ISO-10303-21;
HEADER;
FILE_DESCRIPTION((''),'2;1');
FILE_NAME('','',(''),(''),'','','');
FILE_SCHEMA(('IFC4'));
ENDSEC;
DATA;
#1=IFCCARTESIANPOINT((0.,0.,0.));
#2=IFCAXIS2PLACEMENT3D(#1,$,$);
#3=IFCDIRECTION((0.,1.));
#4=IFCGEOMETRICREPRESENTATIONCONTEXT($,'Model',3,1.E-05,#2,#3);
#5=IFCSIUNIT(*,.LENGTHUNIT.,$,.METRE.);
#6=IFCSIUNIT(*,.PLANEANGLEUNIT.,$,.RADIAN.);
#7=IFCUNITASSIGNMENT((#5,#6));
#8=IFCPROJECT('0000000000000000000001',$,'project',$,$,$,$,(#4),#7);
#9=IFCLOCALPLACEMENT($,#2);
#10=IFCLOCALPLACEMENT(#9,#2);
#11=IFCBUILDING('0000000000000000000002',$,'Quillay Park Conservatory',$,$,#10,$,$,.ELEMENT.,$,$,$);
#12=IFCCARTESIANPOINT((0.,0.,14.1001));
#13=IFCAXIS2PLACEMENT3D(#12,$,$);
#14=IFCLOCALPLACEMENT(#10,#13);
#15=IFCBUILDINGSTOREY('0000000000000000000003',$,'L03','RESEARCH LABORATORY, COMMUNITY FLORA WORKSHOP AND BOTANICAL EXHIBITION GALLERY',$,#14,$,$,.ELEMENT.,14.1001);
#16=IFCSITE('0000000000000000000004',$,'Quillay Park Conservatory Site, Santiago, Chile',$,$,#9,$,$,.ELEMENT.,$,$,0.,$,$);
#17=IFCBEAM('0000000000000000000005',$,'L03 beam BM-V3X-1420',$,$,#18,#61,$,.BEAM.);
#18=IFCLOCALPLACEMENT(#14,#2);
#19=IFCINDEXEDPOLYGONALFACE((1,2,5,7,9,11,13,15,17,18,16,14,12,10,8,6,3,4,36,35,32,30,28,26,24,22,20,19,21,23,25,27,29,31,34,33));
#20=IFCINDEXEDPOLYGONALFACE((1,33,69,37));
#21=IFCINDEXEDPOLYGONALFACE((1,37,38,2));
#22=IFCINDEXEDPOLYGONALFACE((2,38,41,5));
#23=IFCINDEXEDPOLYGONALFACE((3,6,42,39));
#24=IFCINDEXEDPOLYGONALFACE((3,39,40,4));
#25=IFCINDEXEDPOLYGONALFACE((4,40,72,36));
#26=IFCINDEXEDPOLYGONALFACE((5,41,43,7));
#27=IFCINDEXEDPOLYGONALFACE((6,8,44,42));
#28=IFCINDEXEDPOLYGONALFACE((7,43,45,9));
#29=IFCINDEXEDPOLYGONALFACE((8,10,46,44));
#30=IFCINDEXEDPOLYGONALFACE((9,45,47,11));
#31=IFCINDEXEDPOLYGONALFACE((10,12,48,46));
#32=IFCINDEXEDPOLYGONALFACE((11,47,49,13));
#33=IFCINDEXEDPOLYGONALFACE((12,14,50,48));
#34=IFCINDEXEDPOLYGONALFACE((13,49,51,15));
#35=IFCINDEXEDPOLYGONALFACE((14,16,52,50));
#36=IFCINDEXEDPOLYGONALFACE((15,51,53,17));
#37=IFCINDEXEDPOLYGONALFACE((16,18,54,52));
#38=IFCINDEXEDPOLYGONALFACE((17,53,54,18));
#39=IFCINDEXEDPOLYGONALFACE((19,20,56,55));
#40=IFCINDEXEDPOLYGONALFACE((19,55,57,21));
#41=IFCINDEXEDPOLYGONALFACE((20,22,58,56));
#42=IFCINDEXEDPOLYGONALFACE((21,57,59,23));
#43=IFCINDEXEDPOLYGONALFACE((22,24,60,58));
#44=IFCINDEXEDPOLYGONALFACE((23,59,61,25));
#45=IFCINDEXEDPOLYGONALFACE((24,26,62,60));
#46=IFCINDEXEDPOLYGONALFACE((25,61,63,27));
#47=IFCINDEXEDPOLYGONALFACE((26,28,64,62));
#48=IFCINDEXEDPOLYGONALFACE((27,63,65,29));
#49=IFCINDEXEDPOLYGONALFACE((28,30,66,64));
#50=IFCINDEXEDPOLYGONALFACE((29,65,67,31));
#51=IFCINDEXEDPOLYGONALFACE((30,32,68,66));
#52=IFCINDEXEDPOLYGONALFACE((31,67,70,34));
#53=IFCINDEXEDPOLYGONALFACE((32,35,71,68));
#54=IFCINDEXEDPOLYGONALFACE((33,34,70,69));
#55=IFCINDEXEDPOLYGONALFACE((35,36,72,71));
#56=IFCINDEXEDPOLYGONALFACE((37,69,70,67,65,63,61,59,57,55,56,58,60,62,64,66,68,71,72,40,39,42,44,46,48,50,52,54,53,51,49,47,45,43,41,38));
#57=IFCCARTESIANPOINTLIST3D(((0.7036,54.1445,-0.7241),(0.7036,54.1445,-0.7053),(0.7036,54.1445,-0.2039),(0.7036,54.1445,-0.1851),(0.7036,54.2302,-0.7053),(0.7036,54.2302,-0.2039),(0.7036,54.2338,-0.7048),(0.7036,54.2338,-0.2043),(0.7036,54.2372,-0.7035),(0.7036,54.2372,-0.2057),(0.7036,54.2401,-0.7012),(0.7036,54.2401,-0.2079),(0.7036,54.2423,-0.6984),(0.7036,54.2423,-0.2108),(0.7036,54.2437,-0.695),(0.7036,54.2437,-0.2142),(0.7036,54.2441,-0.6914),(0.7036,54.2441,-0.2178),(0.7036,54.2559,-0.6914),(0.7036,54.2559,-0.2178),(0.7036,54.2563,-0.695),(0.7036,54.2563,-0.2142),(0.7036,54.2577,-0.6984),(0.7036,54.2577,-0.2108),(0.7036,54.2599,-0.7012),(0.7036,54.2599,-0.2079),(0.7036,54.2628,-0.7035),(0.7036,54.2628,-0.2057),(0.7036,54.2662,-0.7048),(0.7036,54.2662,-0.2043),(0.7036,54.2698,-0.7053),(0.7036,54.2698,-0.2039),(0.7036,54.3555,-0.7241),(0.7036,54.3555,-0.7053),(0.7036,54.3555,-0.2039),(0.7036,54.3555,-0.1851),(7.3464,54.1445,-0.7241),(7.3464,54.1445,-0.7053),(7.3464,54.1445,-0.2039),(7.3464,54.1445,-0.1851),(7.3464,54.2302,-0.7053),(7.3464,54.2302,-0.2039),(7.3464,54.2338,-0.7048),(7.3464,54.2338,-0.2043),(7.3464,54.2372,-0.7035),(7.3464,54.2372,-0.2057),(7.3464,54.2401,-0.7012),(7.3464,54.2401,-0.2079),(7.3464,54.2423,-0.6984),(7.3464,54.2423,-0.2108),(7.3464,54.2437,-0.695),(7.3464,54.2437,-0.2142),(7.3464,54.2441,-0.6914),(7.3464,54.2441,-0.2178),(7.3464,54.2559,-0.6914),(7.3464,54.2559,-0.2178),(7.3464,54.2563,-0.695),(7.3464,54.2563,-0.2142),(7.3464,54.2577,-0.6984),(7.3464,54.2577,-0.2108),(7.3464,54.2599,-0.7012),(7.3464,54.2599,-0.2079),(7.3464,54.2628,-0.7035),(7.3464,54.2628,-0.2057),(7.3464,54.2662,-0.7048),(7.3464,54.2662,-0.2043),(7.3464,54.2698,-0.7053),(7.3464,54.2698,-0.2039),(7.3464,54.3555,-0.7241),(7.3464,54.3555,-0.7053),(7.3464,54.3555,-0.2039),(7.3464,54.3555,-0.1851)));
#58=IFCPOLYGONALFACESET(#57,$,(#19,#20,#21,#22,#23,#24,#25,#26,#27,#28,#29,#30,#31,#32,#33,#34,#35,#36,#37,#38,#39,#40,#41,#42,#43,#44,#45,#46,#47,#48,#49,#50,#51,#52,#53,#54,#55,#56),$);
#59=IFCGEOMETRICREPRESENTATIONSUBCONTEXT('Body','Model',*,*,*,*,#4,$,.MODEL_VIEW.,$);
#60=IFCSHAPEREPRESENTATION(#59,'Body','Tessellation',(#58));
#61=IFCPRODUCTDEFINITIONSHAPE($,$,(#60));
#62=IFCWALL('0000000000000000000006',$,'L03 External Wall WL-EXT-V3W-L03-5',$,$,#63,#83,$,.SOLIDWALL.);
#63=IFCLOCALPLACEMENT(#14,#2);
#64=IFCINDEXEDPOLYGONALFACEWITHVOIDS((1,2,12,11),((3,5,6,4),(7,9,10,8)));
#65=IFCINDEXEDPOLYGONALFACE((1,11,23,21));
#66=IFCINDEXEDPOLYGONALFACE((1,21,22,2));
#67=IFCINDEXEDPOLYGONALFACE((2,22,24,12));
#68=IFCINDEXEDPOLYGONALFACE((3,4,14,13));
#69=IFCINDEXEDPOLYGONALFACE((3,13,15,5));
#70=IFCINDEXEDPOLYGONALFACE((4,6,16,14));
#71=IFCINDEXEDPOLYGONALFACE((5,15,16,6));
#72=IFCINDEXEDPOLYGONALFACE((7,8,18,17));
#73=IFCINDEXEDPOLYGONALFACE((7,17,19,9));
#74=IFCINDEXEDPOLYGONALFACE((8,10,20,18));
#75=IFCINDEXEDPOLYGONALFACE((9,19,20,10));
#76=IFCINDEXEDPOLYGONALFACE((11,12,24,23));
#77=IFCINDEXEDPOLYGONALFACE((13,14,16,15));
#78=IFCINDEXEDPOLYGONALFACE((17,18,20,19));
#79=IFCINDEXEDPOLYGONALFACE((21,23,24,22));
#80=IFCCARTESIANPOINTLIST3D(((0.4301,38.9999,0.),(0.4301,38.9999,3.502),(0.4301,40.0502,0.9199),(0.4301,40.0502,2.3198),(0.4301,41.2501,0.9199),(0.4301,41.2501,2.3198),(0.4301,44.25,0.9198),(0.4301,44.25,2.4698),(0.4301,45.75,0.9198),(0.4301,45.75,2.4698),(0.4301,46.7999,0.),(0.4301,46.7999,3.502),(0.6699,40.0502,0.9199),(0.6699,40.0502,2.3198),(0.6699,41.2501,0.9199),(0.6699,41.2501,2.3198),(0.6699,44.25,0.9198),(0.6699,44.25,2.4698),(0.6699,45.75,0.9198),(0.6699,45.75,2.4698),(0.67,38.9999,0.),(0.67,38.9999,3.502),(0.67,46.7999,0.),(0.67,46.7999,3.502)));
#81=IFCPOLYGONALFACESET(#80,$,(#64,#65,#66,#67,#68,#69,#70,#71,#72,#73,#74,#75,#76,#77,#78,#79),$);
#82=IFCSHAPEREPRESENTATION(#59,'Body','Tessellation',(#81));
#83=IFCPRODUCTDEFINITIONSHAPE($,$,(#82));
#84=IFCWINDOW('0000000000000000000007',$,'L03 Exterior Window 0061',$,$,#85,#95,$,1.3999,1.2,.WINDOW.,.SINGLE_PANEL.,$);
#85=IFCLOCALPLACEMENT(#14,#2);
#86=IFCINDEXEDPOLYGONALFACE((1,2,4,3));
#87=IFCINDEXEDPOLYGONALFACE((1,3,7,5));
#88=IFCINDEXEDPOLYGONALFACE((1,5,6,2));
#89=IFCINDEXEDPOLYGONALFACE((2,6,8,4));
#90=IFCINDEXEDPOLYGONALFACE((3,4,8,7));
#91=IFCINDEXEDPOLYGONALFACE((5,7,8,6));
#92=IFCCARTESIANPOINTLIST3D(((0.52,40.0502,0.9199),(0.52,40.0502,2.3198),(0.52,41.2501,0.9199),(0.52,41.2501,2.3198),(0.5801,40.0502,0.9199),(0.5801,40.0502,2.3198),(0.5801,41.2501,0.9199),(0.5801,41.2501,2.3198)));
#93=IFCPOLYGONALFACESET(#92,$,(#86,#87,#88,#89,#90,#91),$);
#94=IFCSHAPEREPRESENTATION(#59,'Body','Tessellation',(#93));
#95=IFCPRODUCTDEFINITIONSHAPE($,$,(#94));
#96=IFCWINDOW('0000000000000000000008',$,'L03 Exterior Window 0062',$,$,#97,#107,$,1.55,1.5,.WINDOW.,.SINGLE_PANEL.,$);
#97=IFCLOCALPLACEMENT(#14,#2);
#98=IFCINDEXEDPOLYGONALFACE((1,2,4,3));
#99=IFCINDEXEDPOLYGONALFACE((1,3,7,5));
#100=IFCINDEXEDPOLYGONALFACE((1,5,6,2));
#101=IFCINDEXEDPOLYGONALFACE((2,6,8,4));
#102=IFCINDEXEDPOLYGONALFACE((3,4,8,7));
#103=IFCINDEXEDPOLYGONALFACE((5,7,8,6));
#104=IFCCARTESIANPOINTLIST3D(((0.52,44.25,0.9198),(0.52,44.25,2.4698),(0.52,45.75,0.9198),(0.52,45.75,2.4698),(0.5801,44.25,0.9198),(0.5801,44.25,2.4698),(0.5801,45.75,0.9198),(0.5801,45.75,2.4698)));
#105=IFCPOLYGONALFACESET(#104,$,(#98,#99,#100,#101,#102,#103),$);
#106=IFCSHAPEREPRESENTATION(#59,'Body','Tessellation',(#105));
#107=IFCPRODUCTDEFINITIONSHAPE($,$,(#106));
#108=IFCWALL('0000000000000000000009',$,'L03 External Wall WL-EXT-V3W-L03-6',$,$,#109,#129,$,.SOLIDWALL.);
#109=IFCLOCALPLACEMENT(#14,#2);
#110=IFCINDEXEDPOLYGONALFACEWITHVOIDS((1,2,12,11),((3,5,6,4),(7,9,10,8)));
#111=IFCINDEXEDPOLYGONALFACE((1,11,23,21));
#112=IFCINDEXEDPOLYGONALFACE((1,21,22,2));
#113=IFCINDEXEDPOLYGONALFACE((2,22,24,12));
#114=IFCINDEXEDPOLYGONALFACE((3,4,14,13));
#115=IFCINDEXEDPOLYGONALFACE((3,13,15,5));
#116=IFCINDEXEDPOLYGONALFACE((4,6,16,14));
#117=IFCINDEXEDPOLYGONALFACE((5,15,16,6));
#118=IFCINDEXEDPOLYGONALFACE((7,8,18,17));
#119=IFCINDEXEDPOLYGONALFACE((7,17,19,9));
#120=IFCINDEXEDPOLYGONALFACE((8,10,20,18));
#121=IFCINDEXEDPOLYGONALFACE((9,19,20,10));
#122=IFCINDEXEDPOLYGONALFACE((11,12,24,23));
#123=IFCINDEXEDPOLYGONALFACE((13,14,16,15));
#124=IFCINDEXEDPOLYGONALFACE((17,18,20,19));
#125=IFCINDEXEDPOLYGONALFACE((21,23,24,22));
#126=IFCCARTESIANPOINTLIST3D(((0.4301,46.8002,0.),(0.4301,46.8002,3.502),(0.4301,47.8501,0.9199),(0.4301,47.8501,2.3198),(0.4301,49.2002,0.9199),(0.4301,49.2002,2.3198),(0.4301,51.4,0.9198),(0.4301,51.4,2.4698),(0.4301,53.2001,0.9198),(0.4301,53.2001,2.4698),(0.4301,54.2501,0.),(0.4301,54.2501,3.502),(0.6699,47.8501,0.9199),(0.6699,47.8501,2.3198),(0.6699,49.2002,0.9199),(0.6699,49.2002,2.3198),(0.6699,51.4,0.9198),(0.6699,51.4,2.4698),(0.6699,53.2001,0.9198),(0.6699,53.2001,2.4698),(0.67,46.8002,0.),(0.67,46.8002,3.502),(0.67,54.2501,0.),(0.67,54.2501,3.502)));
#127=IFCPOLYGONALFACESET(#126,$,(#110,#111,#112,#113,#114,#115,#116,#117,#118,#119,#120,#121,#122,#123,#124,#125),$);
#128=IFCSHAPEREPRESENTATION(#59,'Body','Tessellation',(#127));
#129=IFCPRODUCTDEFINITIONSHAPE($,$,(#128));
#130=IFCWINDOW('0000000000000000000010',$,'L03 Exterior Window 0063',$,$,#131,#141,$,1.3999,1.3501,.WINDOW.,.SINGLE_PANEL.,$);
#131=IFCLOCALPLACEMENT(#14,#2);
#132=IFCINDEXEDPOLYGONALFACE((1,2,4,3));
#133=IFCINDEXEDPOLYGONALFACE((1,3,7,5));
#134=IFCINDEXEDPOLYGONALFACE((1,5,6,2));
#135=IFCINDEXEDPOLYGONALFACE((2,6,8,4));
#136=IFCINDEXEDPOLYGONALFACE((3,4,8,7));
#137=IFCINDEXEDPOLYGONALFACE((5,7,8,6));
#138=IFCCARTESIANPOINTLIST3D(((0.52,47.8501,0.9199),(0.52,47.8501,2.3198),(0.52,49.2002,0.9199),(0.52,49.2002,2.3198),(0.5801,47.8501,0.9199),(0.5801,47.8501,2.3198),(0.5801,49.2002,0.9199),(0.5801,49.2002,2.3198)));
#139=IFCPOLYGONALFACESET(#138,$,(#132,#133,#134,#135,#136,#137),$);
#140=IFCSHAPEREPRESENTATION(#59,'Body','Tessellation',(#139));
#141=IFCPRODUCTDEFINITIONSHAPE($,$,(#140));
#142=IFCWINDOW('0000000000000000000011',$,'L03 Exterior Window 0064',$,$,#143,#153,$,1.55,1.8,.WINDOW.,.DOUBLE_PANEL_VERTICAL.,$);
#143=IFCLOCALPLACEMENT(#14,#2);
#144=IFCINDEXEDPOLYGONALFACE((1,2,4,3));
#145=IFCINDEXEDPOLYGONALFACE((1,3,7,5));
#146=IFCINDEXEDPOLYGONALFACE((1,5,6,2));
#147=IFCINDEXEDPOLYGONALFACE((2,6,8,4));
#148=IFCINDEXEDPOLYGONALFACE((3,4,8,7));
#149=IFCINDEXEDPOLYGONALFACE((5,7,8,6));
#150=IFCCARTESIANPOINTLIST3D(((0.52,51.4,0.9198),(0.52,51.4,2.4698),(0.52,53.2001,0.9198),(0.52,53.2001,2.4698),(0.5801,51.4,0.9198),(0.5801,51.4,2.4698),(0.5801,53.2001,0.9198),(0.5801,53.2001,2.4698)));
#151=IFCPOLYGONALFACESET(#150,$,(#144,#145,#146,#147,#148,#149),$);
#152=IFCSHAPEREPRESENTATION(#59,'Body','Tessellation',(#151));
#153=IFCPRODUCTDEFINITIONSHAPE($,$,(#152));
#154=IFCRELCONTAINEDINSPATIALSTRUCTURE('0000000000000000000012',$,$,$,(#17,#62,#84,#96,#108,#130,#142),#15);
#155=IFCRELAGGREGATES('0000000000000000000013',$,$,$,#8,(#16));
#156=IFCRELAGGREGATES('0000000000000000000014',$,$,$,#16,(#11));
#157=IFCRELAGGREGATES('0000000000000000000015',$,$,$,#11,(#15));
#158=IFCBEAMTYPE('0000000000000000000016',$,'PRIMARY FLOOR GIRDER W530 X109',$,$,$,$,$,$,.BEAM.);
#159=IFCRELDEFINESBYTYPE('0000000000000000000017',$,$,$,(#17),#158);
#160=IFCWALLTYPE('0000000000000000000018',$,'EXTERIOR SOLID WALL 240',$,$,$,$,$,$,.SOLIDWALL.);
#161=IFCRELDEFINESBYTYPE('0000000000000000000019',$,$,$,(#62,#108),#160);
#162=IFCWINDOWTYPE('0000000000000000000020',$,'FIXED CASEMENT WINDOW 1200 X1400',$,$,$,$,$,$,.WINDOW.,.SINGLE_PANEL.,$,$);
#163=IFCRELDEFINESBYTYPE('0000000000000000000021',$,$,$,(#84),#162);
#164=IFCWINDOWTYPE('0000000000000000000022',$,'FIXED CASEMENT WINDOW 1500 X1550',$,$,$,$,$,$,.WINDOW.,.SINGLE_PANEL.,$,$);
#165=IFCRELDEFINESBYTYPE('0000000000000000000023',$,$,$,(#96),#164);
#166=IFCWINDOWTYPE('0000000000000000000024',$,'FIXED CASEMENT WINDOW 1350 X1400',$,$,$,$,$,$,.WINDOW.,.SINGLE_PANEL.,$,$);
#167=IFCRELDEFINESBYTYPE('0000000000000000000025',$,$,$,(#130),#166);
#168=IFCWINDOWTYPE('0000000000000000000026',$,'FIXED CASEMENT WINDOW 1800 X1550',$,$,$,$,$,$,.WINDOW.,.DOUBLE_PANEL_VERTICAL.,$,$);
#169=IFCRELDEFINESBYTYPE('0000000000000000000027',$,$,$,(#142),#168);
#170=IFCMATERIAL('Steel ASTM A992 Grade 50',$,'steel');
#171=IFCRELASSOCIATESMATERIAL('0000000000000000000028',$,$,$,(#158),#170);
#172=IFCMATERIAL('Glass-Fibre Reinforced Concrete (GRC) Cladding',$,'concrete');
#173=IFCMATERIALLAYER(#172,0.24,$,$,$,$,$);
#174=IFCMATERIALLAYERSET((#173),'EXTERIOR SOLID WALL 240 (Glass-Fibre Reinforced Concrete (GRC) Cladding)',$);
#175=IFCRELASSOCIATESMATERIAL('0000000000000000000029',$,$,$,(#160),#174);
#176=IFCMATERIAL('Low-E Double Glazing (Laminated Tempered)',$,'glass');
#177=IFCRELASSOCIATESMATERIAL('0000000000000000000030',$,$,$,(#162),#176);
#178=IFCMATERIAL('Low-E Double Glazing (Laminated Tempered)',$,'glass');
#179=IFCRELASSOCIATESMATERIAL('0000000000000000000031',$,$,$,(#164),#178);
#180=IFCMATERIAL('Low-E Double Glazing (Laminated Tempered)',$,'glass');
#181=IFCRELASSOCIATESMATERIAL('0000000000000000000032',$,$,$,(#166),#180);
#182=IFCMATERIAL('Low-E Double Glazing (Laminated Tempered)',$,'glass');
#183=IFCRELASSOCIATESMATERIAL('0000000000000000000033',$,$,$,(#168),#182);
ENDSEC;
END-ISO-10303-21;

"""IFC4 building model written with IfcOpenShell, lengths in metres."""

from ifc_helpers import new_model, si_unit, direction, frame, frame_2d, origin, origin_2d, place, context, subcontext, project, spatial, rectangle, i_section, extrude, material, layer, layer_set, material_profile, profile_set, type_object, element, fill, save


model = new_model("IFC4")

# Units and contexts
model_context = context("Model", 3, precision=1e-05, world=origin(), true_north=direction((0.0, 1.0)))
body_context = subcontext(model_context, "Body", "Model", "MODEL_VIEW")
ifc_project = project(units=[si_unit("LENGTHUNIT", "METRE"), si_unit("PLANEANGLEUNIT", "RADIAN")], contexts=[model_context])

# Site, building, storey
site_placement = place(None, origin())
site = spatial("IfcSite", under=ifc_project, at=site_placement, Name="Quillay Park Conservatory Site, Santiago, Chile", CompositionType="ELEMENT", RefElevation=0.0)
building_placement = place(site_placement, origin())
building = spatial("IfcBuilding", under=site, at=building_placement, Name="Quillay Park Conservatory", CompositionType="ELEMENT")
storey_placement = place(building_placement, frame((0.0, 0.0, 14.1001)))
storey = spatial("IfcBuildingStorey", under=building, at=storey_placement, Name="L03", Description="RESEARCH LABORATORY, COMMUNITY FLORA WORKSHOP AND BOTANICAL EXHIBITION GALLERY", CompositionType="ELEMENT", Elevation=14.1001)

# Beam
ifc_material_1 = material(Name="Steel ASTM A992 Grade 50", Category="steel")
ifc_material_profile_1 = material_profile(ifc_material_1, i_section(OverallWidth=0.2109, OverallDepth=0.5391, WebThickness=0.0117, FlangeThickness=0.0188, FilletRadius=0.0139, at=origin_2d()), Name="W530x109")
ifc_profile_set_1 = profile_set([ifc_material_profile_1], Name="Steel ASTM A992 Grade 50")
beam_type_1 = type_object("IfcBeamType", Name="PRIMARY FLOOR GIRDER W530 X109", PredefinedType="BEAM", material=ifc_profile_set_1)
for number, where, z_axis, x_axis, name in (
    (1, (0.7036, 54.25, -0.4546), (1.0, 0.0, 0.0), (0.0, 1.0, 0.0), "L03 beam BM-V3X-1420"),
):
    element("IfcBeam", number, at=place(storey_placement, frame(where, z_axis=z_axis, x_axis=x_axis)), inside=storey, type_object=beam_type_1, Name=name, PredefinedType="BEAM", context=body_context, shape_type="SweptSolid", body=[
        extrude(i_section(OverallWidth=0.2109, OverallDepth=0.5391, WebThickness=0.0117, FlangeThickness=0.0188, FilletRadius=0.0139, at=origin_2d()), origin(), (0.0, 0.0, 1.0), 6.6428),
    ])

# Walls, openings, windows
ifc_material_2 = material(Name="Glass-Fibre Reinforced Concrete (GRC) Cladding", Category="concrete")
ifc_layer = layer(ifc_material_2, 0.24)
ifc_layer_set = layer_set([ifc_layer], Name="EXTERIOR SOLID WALL 240 (Glass-Fibre Reinforced Concrete (GRC) Cladding)")
wall_type = type_object("IfcWallType", Name="EXTERIOR SOLID WALL 240", PredefinedType="SOLIDWALL", material=ifc_layer_set)
wall_1_placement = place(storey_placement, frame((0.55, 39.0, 0.0), z_axis=(0.0, 0.0, 1.0), x_axis=(0.0, 1.0, 0.0)))
wall_1 = element("IfcWall", 2, at=wall_1_placement, inside=storey, type_object=wall_type, Name="L03 External Wall WL-EXT-V3W-L03-5", PredefinedType="SOLIDWALL", context=body_context, shape_type="SweptSolid", body=[
    extrude(rectangle(XDim=7.8, YDim=0.24, at=frame_2d((3.8999, 0.0))), origin(), (0.0, 0.0, 1.0), 3.502),
])
opening_1_placement = place(wall_1_placement, frame((1.05, 0.0, 0.9199)))
opening_1 = element("IfcOpeningElement", 3, at=opening_1_placement, cuts=wall_1, PredefinedType="OPENING", context=body_context, shape_type="SweptSolid", body=[
    extrude(rectangle(XDim=1.2, YDim=1.3999, at=frame_2d((0.6001, 0.7))), frame((0.0, 0.1201, 0.0), z_axis=(0.0, -1.0, 0.0), x_axis=(1.0, 0.0, 0.0)), (0.0, 0.0, 1.0), 0.24),
])
opening_2_placement = place(wall_1_placement, frame((5.25, 0.0, 0.9199)))
opening_2 = element("IfcOpeningElement", 4, at=opening_2_placement, cuts=wall_1, PredefinedType="OPENING", context=body_context, shape_type="SweptSolid", body=[
    extrude(rectangle(XDim=1.5, YDim=1.55, at=frame_2d((0.75, 0.7749))), frame((0.0, 0.1201, 0.0), z_axis=(0.0, -1.0, 0.0), x_axis=(1.0, 0.0, 0.0)), (0.0, 0.0, 1.0), 0.24),
])
ifc_material_3 = material(Name="Low-E Double Glazing (Laminated Tempered)", Category="glass")
window_type_1 = type_object("IfcWindowType", Name="FIXED CASEMENT WINDOW 1200 X1400", PartitioningType="SINGLE_PANEL", PredefinedType="WINDOW", material=ifc_material_3)
window_1_placement = place(opening_1_placement, origin())
window_1 = element("IfcWindow", 5, at=window_1_placement, inside=storey, type_object=window_type_1, Name="L03 Exterior Window 0061", OverallHeight=1.3999, OverallWidth=1.2, PartitioningType="SINGLE_PANEL", PredefinedType="WINDOW", context=body_context, shape_type="SweptSolid", body=[
    extrude(rectangle(XDim=1.2, YDim=1.3999, at=frame_2d((0.6001, 0.7))), frame((0.0, 0.03, 0.0), z_axis=(0.0, -1.0, 0.0), x_axis=(1.0, 0.0, 0.0)), (0.0, 0.0, 1.0), 0.0601),
])
fill(opening_1, window_1)
ifc_material_4 = material(Name="Low-E Double Glazing (Laminated Tempered)", Category="glass")
window_type_2 = type_object("IfcWindowType", Name="FIXED CASEMENT WINDOW 1500 X1550", PartitioningType="SINGLE_PANEL", PredefinedType="WINDOW", material=ifc_material_4)
window_2_placement = place(opening_2_placement, origin())
window_2 = element("IfcWindow", 6, at=window_2_placement, inside=storey, type_object=window_type_2, Name="L03 Exterior Window 0062", OverallHeight=1.55, OverallWidth=1.5, PartitioningType="SINGLE_PANEL", PredefinedType="WINDOW", context=body_context, shape_type="SweptSolid", body=[
    extrude(rectangle(XDim=1.5, YDim=1.55, at=frame_2d((0.75, 0.7749))), frame((0.0, 0.03, 0.0), z_axis=(0.0, -1.0, 0.0), x_axis=(1.0, 0.0, 0.0)), (0.0, 0.0, 1.0), 0.0601),
])
fill(opening_2, window_2)
wall_2_placement = place(storey_placement, frame((0.55, 46.8, 0.0), z_axis=(0.0, 0.0, 1.0), x_axis=(0.0, 1.0, 0.0)))
wall_2 = element("IfcWall", 7, at=wall_2_placement, inside=storey, type_object=wall_type, Name="L03 External Wall WL-EXT-V3W-L03-6", PredefinedType="SOLIDWALL", context=body_context, shape_type="SweptSolid", body=[
    extrude(rectangle(XDim=7.45, YDim=0.24, at=frame_2d((3.7251, 0.0))), origin(), (0.0, 0.0, 1.0), 3.502),
])
opening_3_placement = place(wall_2_placement, frame((1.05, 0.0, 0.9199)))
opening_3 = element("IfcOpeningElement", 8, at=opening_3_placement, cuts=wall_2, PredefinedType="OPENING", context=body_context, shape_type="SweptSolid", body=[
    extrude(rectangle(XDim=1.3501, YDim=1.3999, at=frame_2d((0.675, 0.7))), frame((0.0, 0.1201, 0.0), z_axis=(0.0, -1.0, 0.0), x_axis=(1.0, 0.0, 0.0)), (0.0, 0.0, 1.0), 0.24),
])
opening_4_placement = place(wall_2_placement, frame((4.6001, 0.0, 0.9199)))
opening_4 = element("IfcOpeningElement", 9, at=opening_4_placement, cuts=wall_2, PredefinedType="OPENING", context=body_context, shape_type="SweptSolid", body=[
    extrude(rectangle(XDim=1.8, YDim=1.55, at=frame_2d((0.8999, 0.7749))), frame((0.0, 0.1201, 0.0), z_axis=(0.0, -1.0, 0.0), x_axis=(1.0, 0.0, 0.0)), (0.0, 0.0, 1.0), 0.24),
])
ifc_material_5 = material(Name="Low-E Double Glazing (Laminated Tempered)", Category="glass")
window_type_3 = type_object("IfcWindowType", Name="FIXED CASEMENT WINDOW 1350 X1400", PartitioningType="SINGLE_PANEL", PredefinedType="WINDOW", material=ifc_material_5)
window_3_placement = place(opening_3_placement, origin())
window_3 = element("IfcWindow", 10, at=window_3_placement, inside=storey, type_object=window_type_3, Name="L03 Exterior Window 0063", OverallHeight=1.3999, OverallWidth=1.3501, PartitioningType="SINGLE_PANEL", PredefinedType="WINDOW", context=body_context, shape_type="SweptSolid", body=[
    extrude(rectangle(XDim=1.3501, YDim=1.3999, at=frame_2d((0.675, 0.7))), frame((0.0, 0.03, 0.0), z_axis=(0.0, -1.0, 0.0), x_axis=(1.0, 0.0, 0.0)), (0.0, 0.0, 1.0), 0.0601),
])
fill(opening_3, window_3)
ifc_material_6 = material(Name="Low-E Double Glazing (Laminated Tempered)", Category="glass")
window_type_4 = type_object("IfcWindowType", Name="FIXED CASEMENT WINDOW 1800 X1550", PartitioningType="DOUBLE_PANEL_VERTICAL", PredefinedType="WINDOW", material=ifc_material_6)
window_4_placement = place(opening_4_placement, origin())
window_4 = element("IfcWindow", 11, at=window_4_placement, inside=storey, type_object=window_type_4, Name="L03 Exterior Window 0064", OverallHeight=1.55, OverallWidth=1.8, PartitioningType="DOUBLE_PANEL_VERTICAL", PredefinedType="WINDOW", context=body_context, shape_type="SweptSolid", body=[
    extrude(rectangle(XDim=1.8, YDim=1.55, at=frame_2d((0.8999, 0.7749))), frame((0.0, 0.03, 0.0), z_axis=(0.0, -1.0, 0.0), x_axis=(1.0, 0.0, 0.0)), (0.0, 0.0, 1.0), 0.0601),
])
fill(opening_4, window_4)

save(model, "model.ifc")
